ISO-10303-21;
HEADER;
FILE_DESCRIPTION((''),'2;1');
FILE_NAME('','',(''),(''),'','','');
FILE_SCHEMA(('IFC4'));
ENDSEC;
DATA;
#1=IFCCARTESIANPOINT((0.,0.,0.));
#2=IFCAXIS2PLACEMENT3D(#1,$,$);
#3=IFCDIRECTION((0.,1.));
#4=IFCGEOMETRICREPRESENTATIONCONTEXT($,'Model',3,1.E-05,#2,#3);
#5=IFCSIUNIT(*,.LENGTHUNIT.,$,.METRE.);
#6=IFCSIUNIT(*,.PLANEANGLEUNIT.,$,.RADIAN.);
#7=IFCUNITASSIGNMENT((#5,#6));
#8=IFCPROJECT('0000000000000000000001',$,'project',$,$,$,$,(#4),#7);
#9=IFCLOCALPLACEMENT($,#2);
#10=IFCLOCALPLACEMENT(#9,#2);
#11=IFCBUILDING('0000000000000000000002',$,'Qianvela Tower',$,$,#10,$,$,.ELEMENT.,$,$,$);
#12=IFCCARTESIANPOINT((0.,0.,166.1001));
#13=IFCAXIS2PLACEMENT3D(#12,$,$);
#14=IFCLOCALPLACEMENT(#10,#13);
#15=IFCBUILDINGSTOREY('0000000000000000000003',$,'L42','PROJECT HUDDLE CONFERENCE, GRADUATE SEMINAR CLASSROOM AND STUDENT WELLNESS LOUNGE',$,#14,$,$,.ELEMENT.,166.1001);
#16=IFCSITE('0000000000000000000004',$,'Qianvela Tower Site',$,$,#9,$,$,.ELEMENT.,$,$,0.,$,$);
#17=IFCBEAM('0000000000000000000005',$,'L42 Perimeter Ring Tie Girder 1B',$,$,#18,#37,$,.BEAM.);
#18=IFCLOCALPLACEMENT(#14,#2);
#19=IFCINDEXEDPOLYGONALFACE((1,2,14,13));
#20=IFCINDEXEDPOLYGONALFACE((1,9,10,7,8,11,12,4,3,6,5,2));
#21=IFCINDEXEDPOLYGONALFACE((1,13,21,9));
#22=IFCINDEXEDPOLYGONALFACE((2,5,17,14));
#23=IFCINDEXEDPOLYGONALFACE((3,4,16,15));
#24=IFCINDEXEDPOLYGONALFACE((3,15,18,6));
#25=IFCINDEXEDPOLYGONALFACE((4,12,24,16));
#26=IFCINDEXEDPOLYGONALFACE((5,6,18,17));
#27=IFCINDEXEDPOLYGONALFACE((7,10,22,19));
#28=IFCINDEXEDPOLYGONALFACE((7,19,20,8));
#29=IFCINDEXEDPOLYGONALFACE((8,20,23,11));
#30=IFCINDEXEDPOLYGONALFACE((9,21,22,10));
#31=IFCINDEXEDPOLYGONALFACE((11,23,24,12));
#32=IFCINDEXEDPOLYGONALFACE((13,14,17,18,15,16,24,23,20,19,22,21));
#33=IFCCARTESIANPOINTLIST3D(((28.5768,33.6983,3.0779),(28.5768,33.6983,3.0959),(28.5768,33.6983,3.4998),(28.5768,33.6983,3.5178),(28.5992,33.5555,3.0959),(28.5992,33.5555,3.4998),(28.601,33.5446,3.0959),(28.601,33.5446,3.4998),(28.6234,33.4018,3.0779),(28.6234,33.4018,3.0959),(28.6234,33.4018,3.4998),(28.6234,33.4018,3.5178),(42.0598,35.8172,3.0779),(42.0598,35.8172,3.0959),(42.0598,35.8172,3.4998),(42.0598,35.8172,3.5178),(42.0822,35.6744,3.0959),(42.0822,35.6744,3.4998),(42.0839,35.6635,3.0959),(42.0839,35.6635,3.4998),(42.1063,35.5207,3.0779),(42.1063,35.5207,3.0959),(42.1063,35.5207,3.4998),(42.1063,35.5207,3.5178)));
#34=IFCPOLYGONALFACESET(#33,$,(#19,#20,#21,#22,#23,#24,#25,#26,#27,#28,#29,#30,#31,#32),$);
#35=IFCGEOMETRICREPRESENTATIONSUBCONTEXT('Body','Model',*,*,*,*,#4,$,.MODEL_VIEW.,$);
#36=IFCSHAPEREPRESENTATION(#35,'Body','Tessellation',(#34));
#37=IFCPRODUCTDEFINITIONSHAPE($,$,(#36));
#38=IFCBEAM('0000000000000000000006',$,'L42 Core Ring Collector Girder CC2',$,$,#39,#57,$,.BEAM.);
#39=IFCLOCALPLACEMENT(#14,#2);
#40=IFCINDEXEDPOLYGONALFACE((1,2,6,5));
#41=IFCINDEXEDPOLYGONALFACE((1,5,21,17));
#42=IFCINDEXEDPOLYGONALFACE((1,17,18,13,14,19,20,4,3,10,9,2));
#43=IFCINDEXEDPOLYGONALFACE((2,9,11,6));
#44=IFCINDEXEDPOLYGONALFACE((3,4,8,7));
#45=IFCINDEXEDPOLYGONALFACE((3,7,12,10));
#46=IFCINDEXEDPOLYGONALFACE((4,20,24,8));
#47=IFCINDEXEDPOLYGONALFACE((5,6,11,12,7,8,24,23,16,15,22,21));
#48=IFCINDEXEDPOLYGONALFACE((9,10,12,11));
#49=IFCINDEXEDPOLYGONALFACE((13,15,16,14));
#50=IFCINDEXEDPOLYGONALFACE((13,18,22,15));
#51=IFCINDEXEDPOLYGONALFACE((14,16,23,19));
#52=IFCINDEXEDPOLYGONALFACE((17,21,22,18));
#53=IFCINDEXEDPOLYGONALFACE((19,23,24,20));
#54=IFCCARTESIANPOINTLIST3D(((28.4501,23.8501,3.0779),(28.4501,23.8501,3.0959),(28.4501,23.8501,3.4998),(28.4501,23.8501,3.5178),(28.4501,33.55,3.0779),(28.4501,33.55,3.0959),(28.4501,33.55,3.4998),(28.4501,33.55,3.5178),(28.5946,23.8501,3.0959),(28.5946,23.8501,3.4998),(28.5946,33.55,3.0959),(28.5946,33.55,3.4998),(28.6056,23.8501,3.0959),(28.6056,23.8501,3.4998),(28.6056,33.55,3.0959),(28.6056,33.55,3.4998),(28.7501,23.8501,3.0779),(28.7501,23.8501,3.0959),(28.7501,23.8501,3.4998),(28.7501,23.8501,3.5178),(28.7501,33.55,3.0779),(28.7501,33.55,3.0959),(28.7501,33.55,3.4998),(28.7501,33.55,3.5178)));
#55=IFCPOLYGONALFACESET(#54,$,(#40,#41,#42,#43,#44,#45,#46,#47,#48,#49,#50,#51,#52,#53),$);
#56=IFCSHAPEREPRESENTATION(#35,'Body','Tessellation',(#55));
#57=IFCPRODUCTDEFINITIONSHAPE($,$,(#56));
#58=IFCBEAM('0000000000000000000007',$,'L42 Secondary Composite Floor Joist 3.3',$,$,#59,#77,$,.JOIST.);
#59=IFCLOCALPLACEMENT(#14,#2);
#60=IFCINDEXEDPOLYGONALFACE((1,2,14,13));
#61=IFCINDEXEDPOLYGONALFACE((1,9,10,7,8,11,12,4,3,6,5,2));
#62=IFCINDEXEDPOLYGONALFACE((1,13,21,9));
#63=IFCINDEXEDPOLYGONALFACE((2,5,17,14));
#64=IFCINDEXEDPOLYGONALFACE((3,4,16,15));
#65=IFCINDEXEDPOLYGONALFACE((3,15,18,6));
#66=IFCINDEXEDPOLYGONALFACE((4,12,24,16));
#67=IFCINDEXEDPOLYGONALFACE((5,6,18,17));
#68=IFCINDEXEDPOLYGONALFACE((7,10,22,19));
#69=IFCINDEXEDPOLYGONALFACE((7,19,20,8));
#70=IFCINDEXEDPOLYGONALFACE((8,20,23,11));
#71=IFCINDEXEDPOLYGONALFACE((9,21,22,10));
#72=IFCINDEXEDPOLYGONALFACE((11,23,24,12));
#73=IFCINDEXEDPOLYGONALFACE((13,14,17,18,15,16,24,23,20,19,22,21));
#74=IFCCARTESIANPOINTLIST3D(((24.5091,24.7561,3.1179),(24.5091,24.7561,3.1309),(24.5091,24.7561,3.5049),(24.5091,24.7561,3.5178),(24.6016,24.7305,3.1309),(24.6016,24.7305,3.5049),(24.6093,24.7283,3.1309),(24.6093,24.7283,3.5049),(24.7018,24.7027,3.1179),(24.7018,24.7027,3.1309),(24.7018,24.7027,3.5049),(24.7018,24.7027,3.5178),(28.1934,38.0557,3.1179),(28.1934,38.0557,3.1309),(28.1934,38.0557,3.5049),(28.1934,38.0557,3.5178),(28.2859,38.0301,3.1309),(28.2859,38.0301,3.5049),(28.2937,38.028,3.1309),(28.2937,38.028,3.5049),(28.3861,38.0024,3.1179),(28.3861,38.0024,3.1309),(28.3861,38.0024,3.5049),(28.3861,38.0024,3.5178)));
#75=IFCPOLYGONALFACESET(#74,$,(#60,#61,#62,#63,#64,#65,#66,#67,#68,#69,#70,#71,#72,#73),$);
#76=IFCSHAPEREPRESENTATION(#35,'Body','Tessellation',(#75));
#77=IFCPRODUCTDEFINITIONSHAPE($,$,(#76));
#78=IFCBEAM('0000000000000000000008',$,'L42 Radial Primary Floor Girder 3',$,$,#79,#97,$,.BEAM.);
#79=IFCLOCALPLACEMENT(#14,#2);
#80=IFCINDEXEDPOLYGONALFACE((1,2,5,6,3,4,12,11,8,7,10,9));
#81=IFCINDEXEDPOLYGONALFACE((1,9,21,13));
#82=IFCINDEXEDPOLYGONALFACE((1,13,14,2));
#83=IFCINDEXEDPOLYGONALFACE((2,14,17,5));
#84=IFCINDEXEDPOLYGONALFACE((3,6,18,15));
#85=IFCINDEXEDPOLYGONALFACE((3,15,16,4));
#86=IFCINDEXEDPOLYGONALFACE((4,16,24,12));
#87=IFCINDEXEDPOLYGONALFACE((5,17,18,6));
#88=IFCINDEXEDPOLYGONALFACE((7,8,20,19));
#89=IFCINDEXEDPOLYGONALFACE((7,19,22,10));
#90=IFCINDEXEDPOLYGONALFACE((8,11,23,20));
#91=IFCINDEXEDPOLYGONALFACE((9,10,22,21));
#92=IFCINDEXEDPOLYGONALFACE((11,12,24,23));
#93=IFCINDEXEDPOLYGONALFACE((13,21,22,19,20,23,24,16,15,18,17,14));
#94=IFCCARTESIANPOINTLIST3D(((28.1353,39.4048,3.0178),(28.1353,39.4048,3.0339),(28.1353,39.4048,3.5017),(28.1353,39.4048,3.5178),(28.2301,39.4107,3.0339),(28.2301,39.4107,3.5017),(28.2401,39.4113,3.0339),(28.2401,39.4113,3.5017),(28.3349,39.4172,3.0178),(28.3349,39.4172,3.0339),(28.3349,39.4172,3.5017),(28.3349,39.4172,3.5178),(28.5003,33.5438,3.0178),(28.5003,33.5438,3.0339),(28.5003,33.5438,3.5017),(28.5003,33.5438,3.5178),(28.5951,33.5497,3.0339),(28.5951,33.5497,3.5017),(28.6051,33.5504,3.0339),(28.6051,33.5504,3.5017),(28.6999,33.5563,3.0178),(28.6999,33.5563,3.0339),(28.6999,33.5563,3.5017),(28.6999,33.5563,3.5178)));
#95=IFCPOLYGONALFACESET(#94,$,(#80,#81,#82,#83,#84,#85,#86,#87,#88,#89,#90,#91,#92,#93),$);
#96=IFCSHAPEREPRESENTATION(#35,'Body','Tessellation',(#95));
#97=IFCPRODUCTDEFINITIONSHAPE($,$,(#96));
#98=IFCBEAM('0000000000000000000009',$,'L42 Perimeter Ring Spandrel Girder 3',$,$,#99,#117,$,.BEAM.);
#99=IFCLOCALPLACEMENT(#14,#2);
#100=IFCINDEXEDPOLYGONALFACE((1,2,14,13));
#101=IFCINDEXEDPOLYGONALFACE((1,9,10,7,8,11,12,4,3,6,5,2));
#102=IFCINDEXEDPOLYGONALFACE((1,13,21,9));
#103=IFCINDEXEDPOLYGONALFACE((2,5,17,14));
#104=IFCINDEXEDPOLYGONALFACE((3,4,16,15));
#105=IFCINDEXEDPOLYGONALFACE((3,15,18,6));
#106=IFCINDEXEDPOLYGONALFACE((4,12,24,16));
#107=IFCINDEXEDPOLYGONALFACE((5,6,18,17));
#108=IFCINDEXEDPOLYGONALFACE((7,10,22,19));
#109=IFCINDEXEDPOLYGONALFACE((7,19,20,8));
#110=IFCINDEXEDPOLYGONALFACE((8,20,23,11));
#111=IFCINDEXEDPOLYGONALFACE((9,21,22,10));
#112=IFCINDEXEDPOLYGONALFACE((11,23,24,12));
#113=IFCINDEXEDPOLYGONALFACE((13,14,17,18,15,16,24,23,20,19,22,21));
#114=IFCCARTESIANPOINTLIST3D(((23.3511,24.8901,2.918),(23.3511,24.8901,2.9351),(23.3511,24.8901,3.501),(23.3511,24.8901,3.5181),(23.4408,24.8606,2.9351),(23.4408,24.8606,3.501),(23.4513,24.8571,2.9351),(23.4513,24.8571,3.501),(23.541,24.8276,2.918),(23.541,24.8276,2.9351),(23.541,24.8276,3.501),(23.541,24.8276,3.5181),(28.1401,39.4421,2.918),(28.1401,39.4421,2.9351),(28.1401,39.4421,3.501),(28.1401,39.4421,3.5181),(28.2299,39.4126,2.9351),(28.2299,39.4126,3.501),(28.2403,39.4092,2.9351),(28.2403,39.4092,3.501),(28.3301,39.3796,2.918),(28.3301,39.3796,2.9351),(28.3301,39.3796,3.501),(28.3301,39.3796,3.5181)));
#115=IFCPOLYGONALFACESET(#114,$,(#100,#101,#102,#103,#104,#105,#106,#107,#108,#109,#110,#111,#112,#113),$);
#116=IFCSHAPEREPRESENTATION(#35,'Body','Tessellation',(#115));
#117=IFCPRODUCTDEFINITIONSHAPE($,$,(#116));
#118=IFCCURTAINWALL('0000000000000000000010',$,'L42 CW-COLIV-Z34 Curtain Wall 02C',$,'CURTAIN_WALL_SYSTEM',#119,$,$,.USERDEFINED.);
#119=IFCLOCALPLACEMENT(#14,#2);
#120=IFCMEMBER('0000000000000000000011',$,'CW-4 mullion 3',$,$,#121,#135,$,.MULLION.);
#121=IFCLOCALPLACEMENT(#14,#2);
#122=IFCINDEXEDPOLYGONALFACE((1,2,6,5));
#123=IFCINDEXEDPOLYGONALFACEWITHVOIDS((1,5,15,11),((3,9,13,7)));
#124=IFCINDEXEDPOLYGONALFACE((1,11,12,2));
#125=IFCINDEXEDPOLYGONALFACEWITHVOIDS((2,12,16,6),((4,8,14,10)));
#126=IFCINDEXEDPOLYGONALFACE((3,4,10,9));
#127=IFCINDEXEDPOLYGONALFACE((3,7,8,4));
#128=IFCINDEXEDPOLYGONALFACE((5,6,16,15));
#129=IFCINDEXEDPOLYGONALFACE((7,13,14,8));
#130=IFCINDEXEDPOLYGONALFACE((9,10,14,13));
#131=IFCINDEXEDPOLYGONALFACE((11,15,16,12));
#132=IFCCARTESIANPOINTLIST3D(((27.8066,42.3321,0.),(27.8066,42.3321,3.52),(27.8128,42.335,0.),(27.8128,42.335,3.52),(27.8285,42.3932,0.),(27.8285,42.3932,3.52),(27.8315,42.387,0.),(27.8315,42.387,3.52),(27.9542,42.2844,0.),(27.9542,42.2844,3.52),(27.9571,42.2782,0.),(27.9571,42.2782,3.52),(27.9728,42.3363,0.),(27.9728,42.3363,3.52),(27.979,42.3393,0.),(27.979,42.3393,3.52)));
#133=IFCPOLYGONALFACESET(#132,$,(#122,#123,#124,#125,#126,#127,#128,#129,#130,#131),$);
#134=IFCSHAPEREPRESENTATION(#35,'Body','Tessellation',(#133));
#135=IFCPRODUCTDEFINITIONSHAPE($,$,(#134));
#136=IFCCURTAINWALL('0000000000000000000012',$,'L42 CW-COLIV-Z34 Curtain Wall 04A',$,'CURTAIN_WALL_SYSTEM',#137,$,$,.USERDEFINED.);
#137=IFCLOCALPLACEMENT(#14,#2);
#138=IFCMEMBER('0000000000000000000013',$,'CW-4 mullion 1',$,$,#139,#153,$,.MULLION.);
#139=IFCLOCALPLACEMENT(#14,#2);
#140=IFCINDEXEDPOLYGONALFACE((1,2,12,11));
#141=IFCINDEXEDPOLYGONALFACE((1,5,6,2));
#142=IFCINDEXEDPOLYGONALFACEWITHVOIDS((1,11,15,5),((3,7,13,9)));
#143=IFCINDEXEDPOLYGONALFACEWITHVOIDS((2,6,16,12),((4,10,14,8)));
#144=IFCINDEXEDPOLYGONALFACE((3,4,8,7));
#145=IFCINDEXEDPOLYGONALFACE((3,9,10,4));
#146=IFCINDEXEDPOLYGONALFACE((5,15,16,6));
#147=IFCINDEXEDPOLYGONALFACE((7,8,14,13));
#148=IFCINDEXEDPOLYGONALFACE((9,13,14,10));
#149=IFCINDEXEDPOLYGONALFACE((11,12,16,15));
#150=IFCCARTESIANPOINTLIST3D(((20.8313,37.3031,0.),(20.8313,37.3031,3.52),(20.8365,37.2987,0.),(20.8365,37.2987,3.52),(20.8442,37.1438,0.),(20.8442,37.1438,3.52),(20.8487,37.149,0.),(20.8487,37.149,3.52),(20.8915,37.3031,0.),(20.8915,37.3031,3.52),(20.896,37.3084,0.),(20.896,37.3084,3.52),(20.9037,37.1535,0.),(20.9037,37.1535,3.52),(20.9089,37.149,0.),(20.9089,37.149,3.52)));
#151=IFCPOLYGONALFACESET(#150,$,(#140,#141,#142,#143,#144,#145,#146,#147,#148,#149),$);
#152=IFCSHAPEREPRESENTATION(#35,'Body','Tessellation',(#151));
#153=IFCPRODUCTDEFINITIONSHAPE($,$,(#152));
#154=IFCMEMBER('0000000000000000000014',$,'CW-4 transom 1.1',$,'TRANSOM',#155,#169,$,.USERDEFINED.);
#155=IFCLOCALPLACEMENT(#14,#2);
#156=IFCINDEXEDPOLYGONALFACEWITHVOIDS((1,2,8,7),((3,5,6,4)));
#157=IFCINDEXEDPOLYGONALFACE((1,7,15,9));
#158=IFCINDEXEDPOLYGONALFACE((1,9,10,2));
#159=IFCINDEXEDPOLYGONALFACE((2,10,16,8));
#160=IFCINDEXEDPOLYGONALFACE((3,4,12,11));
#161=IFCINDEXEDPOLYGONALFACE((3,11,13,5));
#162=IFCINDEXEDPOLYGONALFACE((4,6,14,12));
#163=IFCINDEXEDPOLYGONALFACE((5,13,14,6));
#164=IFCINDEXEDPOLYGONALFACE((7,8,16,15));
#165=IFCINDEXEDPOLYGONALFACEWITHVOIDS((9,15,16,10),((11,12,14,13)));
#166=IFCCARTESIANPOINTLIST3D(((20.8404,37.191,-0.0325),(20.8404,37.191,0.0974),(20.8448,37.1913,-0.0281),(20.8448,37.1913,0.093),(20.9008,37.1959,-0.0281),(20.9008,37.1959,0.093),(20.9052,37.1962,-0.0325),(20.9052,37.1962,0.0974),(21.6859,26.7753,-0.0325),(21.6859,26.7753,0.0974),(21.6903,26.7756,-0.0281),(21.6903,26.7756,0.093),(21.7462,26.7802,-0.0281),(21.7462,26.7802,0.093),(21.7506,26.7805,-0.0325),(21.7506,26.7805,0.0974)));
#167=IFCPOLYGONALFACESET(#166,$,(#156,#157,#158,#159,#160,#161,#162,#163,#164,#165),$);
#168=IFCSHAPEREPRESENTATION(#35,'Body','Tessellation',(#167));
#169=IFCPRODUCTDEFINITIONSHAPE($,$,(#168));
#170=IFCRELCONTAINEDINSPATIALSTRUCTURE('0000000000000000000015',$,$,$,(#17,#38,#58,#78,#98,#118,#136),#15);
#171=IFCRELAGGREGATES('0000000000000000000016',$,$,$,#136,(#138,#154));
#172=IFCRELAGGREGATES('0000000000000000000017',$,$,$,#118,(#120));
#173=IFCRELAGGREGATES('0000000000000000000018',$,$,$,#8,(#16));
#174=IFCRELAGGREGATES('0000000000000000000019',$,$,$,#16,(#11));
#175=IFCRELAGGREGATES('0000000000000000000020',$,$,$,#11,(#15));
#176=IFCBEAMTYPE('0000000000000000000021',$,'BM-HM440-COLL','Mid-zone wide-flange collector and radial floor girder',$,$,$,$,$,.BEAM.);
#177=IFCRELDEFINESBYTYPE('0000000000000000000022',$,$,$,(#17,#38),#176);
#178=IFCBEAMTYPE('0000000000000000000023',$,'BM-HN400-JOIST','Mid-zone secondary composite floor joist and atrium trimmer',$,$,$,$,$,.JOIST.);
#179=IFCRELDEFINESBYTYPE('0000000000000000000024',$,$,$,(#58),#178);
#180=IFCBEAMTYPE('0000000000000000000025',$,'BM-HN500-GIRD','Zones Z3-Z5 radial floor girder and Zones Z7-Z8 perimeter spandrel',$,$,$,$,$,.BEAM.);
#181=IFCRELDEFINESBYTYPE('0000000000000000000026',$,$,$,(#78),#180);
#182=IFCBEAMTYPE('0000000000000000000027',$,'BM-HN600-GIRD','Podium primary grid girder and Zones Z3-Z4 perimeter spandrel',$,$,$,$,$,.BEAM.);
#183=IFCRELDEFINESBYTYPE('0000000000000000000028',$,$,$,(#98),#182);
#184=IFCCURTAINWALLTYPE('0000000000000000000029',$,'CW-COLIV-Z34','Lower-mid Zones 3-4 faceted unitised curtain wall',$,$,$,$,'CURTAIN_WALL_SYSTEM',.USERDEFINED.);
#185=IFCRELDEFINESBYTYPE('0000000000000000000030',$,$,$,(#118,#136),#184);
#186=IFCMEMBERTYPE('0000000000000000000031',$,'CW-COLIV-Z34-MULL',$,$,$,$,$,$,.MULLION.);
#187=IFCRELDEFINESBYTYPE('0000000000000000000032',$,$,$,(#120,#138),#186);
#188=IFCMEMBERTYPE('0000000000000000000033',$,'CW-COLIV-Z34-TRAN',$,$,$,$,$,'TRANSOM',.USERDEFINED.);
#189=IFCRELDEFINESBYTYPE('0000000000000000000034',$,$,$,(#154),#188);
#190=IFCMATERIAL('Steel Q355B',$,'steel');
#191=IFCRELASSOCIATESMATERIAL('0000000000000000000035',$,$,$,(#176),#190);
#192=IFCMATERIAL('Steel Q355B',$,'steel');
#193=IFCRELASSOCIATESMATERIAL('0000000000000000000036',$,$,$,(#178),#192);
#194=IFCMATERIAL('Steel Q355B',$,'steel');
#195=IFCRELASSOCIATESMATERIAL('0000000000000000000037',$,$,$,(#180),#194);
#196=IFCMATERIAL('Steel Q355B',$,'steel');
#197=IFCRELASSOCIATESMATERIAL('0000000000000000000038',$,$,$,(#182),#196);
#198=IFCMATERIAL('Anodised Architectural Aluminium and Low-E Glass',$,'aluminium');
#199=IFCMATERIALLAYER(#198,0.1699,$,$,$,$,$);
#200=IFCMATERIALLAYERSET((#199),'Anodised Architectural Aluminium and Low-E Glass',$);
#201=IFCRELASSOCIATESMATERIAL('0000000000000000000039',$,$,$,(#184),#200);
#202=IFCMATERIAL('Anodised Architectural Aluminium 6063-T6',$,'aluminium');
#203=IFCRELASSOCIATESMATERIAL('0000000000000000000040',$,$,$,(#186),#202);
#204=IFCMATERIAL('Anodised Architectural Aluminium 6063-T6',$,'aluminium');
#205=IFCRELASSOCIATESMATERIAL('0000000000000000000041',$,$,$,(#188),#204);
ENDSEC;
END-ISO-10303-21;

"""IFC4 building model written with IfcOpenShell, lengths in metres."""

from ifc_helpers import new_model, si_unit, direction, frame, origin, origin_2d, place, context, subcontext, project, spatial, hollow_rectangle, i_section, extrude, material, layer, layer_set, material_profile, profile_set, type_object, element, aggregate, save


model = new_model("IFC4")

# Units and contexts
model_context = context("Model", 3, precision=1e-05, world=origin(), true_north=direction((0.0, 1.0)))
body_context = subcontext(model_context, "Body", "Model", "MODEL_VIEW")
ifc_project = project(units=[si_unit("LENGTHUNIT", "METRE"), si_unit("PLANEANGLEUNIT", "RADIAN")], contexts=[model_context])

# Site, building, storey
site_placement = place(None, origin())
site = spatial("IfcSite", under=ifc_project, at=site_placement, Name="Qianvela Tower Site", CompositionType="ELEMENT", RefElevation=0.0)
building_placement = place(site_placement, origin())
building = spatial("IfcBuilding", under=site, at=building_placement, Name="Qianvela Tower", CompositionType="ELEMENT")
storey_placement = place(building_placement, frame((0.0, 0.0, 166.1001)))
storey = spatial("IfcBuildingStorey", under=building, at=storey_placement, Name="L42", Description="PROJECT HUDDLE CONFERENCE, GRADUATE SEMINAR CLASSROOM AND STUDENT WELLNESS LOUNGE", CompositionType="ELEMENT", Elevation=166.1001)

# Beams
ifc_material_1 = material(Name="Steel Q355B", Category="steel")
ifc_material_profile_1 = material_profile(ifc_material_1, i_section(OverallWidth=0.3, OverallDepth=0.4399, WebThickness=0.011, FlangeThickness=0.0181, at=origin_2d()), Name="HM440x300x11x18")
ifc_profile_set_1 = profile_set([ifc_material_profile_1], Name="Steel Q355B")
beam_type_1 = type_object("IfcBeamType", Name="BM-HM440-COLL", Description="Mid-zone wide-flange collector and radial floor girder", PredefinedType="BEAM", material=ifc_profile_set_1)
beam_1_placement = place(storey_placement, frame((28.6001, 33.55, 3.2979), z_axis=(0.987875, 0.155249, 0.0), x_axis=(-0.155249, 0.987875, 0.0)))
element("IfcBeam", 1, at=beam_1_placement, inside=storey, type_object=beam_type_1, Name="L42 Perimeter Ring Tie Girder 1B", PredefinedType="BEAM", context=body_context, shape_type="SweptSolid", body=[
    extrude(i_section(OverallWidth=0.3, OverallDepth=0.4399, WebThickness=0.011, FlangeThickness=0.0181, at=origin_2d()), origin(), (0.0, 0.0, 1.0), 13.6484),
])
beam_2_placement = place(storey_placement, frame((28.6001, 33.55, 3.2979), z_axis=(0.0, -1.0, 0.0), x_axis=(1.0, 0.0, 0.0)))
element("IfcBeam", 2, at=beam_2_placement, inside=storey, type_object=beam_type_1, Name="L42 Core Ring Collector Girder CC2", PredefinedType="BEAM", context=body_context, shape_type="SweptSolid", body=[
    extrude(i_section(OverallWidth=0.3, OverallDepth=0.4399, WebThickness=0.011, FlangeThickness=0.0181, at=origin_2d()), origin(), (0.0, 0.0, 1.0), 9.7),
])
ifc_material_2 = material(Name="Steel Q355B", Category="steel")
ifc_material_profile_2 = material_profile(ifc_material_2, i_section(OverallWidth=0.2, OverallDepth=0.3999, WebThickness=0.0081, FlangeThickness=0.0129, at=origin_2d()), Name="HN400x200x8x13")
ifc_profile_set_2 = profile_set([ifc_material_profile_2], Name="Steel Q355B")
beam_type_2 = type_object("IfcBeamType", Name="BM-HN400-JOIST", Description="Mid-zone secondary composite floor joist and atrium trimmer", PredefinedType="JOIST", material=ifc_profile_set_2)
beam_3_placement = place(storey_placement, frame((28.2898, 38.0291, 3.3179), z_axis=(-0.266971, -0.963704, 0.0), x_axis=(0.963704, -0.266971, 0.0)))
element("IfcBeam", 3, at=beam_3_placement, inside=storey, type_object=beam_type_2, Name="L42 Secondary Composite Floor Joist 3.3", PredefinedType="JOIST", context=body_context, shape_type="SweptSolid", body=[
    extrude(i_section(OverallWidth=0.2, OverallDepth=0.3999, WebThickness=0.0081, FlangeThickness=0.0129, at=origin_2d()), origin(), (0.0, 0.0, 1.0), 13.8005),
])
ifc_material_3 = material(Name="Steel Q355B", Category="steel")
ifc_material_profile_3 = material_profile(ifc_material_3, i_section(OverallWidth=0.2, OverallDepth=0.5, WebThickness=0.01, FlangeThickness=0.0161, at=origin_2d()), Name="HN500x200x10x16")
ifc_profile_set_3 = profile_set([ifc_material_profile_3], Name="Steel Q355B")
beam_type_3 = type_object("IfcBeamType", Name="BM-HN500-GIRD", Description="Zones Z3-Z5 radial floor girder and Zones Z7-Z8 perimeter spandrel", PredefinedType="BEAM", material=ifc_profile_set_3)
beam_4_placement = place(storey_placement, frame((28.6001, 33.55, 3.2678), z_axis=(-0.062156, 0.998066, 0.0), x_axis=(-0.998066, -0.062156, 0.0)))
element("IfcBeam", 4, at=beam_4_placement, inside=storey, type_object=beam_type_3, Name="L42 Radial Primary Floor Girder 3", PredefinedType="BEAM", context=body_context, shape_type="SweptSolid", body=[
    extrude(i_section(OverallWidth=0.2, OverallDepth=0.5, WebThickness=0.01, FlangeThickness=0.0161, at=origin_2d()), origin(), (0.0, 0.0, 1.0), 5.8723),
])
ifc_material_4 = material(Name="Steel Q355B", Category="steel")
ifc_material_profile_4 = material_profile(ifc_material_4, i_section(OverallWidth=0.2, OverallDepth=0.6001, WebThickness=0.011, FlangeThickness=0.0171, at=origin_2d()), Name="HN600x200x11x17")
ifc_profile_set_4 = profile_set([ifc_material_profile_4], Name="Steel Q355B")
beam_type_4 = type_object("IfcBeamType", Name="BM-HN600-GIRD", Description="Podium primary grid girder and Zones Z3-Z4 perimeter spandrel", PredefinedType="BEAM", material=ifc_profile_set_4)
beam_5_placement = place(storey_placement, frame((28.2351, 39.4109, 3.218), z_axis=(-0.312606, -0.949883, 0.0), x_axis=(0.949883, -0.312606, 0.0)))
element("IfcBeam", 5, at=beam_5_placement, inside=storey, type_object=beam_type_4, Name="L42 Perimeter Ring Spandrel Girder 3", PredefinedType="BEAM", context=body_context, shape_type="SweptSolid", body=[
    extrude(i_section(OverallWidth=0.2, OverallDepth=0.6001, WebThickness=0.011, FlangeThickness=0.0171, at=origin_2d()), origin(), (0.0, 0.0, 1.0), 15.3198),
])

# Curtain wall, member
ifc_material_5 = material(Name="Anodised Architectural Aluminium and Low-E Glass", Category="aluminium")
ifc_layer_1 = layer(ifc_material_5, 0.1699)
ifc_layer_set_1 = layer_set([ifc_layer_1], Name="Anodised Architectural Aluminium and Low-E Glass")
curtain_wall_type = type_object("IfcCurtainWallType", Name="CW-COLIV-Z34", Description="Lower-mid Zones 3-4 faceted unitised curtain wall", ElementType="CURTAIN_WALL_SYSTEM", PredefinedType="USERDEFINED", material=ifc_layer_set_1)
curtain_wall_1_placement = place(storey_placement, origin())
curtain_wall_1 = element("IfcCurtainWall", 6, at=curtain_wall_1_placement, inside=storey, type_object=curtain_wall_type, Name="L42 CW-COLIV-Z34 Curtain Wall 02C", ObjectType="CURTAIN_WALL_SYSTEM", PredefinedType="USERDEFINED")
ifc_material_6 = material(Name="Anodised Architectural Aluminium 6063-T6", Category="aluminium")
ifc_material_profile_5 = material_profile(ifc_material_6, hollow_rectangle(XDim=0.0649, YDim=0.1599, WallThickness=0.0049, at=origin_2d()), Name="ALU-MULL-65x160")
ifc_profile_set_5 = profile_set([ifc_material_profile_5], Name="Anodised Architectural Aluminium 6063-T6")
member_type_1 = type_object("IfcMemberType", Name="CW-COLIV-Z34-MULL", PredefinedType="MULLION", material=ifc_profile_set_5)
member_1_placement = place(storey_placement, frame((27.8928, 42.3357, 0.0), z_axis=(0.0, 0.0, 1.0), x_axis=(-0.33731, -0.941394, 0.0)))
member_1 = element("IfcMember", 7, at=member_1_placement, type_object=member_type_1, Name="CW-4 mullion 3", PredefinedType="MULLION", context=body_context, shape_type="SweptSolid", body=[
    extrude(hollow_rectangle(XDim=0.0649, YDim=0.1599, WallThickness=0.0049, at=origin_2d()), origin(), (0.0, 0.0, 1.0), 3.52),
])

# Curtain wall, members
curtain_wall_2_placement = place(storey_placement, origin())
curtain_wall_2 = element("IfcCurtainWall", 8, at=curtain_wall_2_placement, inside=storey, type_object=curtain_wall_type, Name="L42 CW-COLIV-Z34 Curtain Wall 04A", ObjectType="CURTAIN_WALL_SYSTEM", PredefinedType="USERDEFINED")
member_2_placement = place(storey_placement, frame((20.8701, 37.2261, 0.0), z_axis=(0.0, 0.0, 1.0), x_axis=(0.996722, 0.080897, 0.0)))
member_2 = element("IfcMember", 9, at=member_2_placement, type_object=member_type_1, Name="CW-4 mullion 1", PredefinedType="MULLION", context=body_context, shape_type="SweptSolid", body=[
    extrude(hollow_rectangle(XDim=0.0649, YDim=0.1599, WallThickness=0.0049, at=origin_2d()), origin(), (0.0, 0.0, 1.0), 3.52),
])
ifc_material_7 = material(Name="Anodised Architectural Aluminium 6063-T6", Category="aluminium")
ifc_material_profile_6 = material_profile(ifc_material_7, hollow_rectangle(XDim=0.0649, YDim=0.1299, WallThickness=0.0044, at=origin_2d()), Name="ALU-TRAN-65x130")
ifc_profile_set_6 = profile_set([ifc_material_profile_6], Name="Anodised Architectural Aluminium 6063-T6")
member_type_2 = type_object("IfcMemberType", Name="CW-COLIV-Z34-TRAN", ElementType="TRANSOM", PredefinedType="USERDEFINED", material=ifc_profile_set_6)
member_3_placement = place(storey_placement, frame((20.8728, 37.1936, 0.0325), z_axis=(0.080905, -0.996722, 0.0), x_axis=(0.996722, 0.080905, 0.0)))
member_3 = element("IfcMember", 10, at=member_3_placement, type_object=member_type_2, Name="CW-4 transom 1.1", ObjectType="TRANSOM", PredefinedType="USERDEFINED", context=body_context, shape_type="SweptSolid", body=[
    extrude(hollow_rectangle(XDim=0.0649, YDim=0.1299, WallThickness=0.0044, at=origin_2d()), origin(), (0.0, 0.0, 1.0), 10.45),
])
aggregate(curtain_wall_2, [member_2, member_3])

aggregate(curtain_wall_1, [member_1])

save(model, "model.ifc")
